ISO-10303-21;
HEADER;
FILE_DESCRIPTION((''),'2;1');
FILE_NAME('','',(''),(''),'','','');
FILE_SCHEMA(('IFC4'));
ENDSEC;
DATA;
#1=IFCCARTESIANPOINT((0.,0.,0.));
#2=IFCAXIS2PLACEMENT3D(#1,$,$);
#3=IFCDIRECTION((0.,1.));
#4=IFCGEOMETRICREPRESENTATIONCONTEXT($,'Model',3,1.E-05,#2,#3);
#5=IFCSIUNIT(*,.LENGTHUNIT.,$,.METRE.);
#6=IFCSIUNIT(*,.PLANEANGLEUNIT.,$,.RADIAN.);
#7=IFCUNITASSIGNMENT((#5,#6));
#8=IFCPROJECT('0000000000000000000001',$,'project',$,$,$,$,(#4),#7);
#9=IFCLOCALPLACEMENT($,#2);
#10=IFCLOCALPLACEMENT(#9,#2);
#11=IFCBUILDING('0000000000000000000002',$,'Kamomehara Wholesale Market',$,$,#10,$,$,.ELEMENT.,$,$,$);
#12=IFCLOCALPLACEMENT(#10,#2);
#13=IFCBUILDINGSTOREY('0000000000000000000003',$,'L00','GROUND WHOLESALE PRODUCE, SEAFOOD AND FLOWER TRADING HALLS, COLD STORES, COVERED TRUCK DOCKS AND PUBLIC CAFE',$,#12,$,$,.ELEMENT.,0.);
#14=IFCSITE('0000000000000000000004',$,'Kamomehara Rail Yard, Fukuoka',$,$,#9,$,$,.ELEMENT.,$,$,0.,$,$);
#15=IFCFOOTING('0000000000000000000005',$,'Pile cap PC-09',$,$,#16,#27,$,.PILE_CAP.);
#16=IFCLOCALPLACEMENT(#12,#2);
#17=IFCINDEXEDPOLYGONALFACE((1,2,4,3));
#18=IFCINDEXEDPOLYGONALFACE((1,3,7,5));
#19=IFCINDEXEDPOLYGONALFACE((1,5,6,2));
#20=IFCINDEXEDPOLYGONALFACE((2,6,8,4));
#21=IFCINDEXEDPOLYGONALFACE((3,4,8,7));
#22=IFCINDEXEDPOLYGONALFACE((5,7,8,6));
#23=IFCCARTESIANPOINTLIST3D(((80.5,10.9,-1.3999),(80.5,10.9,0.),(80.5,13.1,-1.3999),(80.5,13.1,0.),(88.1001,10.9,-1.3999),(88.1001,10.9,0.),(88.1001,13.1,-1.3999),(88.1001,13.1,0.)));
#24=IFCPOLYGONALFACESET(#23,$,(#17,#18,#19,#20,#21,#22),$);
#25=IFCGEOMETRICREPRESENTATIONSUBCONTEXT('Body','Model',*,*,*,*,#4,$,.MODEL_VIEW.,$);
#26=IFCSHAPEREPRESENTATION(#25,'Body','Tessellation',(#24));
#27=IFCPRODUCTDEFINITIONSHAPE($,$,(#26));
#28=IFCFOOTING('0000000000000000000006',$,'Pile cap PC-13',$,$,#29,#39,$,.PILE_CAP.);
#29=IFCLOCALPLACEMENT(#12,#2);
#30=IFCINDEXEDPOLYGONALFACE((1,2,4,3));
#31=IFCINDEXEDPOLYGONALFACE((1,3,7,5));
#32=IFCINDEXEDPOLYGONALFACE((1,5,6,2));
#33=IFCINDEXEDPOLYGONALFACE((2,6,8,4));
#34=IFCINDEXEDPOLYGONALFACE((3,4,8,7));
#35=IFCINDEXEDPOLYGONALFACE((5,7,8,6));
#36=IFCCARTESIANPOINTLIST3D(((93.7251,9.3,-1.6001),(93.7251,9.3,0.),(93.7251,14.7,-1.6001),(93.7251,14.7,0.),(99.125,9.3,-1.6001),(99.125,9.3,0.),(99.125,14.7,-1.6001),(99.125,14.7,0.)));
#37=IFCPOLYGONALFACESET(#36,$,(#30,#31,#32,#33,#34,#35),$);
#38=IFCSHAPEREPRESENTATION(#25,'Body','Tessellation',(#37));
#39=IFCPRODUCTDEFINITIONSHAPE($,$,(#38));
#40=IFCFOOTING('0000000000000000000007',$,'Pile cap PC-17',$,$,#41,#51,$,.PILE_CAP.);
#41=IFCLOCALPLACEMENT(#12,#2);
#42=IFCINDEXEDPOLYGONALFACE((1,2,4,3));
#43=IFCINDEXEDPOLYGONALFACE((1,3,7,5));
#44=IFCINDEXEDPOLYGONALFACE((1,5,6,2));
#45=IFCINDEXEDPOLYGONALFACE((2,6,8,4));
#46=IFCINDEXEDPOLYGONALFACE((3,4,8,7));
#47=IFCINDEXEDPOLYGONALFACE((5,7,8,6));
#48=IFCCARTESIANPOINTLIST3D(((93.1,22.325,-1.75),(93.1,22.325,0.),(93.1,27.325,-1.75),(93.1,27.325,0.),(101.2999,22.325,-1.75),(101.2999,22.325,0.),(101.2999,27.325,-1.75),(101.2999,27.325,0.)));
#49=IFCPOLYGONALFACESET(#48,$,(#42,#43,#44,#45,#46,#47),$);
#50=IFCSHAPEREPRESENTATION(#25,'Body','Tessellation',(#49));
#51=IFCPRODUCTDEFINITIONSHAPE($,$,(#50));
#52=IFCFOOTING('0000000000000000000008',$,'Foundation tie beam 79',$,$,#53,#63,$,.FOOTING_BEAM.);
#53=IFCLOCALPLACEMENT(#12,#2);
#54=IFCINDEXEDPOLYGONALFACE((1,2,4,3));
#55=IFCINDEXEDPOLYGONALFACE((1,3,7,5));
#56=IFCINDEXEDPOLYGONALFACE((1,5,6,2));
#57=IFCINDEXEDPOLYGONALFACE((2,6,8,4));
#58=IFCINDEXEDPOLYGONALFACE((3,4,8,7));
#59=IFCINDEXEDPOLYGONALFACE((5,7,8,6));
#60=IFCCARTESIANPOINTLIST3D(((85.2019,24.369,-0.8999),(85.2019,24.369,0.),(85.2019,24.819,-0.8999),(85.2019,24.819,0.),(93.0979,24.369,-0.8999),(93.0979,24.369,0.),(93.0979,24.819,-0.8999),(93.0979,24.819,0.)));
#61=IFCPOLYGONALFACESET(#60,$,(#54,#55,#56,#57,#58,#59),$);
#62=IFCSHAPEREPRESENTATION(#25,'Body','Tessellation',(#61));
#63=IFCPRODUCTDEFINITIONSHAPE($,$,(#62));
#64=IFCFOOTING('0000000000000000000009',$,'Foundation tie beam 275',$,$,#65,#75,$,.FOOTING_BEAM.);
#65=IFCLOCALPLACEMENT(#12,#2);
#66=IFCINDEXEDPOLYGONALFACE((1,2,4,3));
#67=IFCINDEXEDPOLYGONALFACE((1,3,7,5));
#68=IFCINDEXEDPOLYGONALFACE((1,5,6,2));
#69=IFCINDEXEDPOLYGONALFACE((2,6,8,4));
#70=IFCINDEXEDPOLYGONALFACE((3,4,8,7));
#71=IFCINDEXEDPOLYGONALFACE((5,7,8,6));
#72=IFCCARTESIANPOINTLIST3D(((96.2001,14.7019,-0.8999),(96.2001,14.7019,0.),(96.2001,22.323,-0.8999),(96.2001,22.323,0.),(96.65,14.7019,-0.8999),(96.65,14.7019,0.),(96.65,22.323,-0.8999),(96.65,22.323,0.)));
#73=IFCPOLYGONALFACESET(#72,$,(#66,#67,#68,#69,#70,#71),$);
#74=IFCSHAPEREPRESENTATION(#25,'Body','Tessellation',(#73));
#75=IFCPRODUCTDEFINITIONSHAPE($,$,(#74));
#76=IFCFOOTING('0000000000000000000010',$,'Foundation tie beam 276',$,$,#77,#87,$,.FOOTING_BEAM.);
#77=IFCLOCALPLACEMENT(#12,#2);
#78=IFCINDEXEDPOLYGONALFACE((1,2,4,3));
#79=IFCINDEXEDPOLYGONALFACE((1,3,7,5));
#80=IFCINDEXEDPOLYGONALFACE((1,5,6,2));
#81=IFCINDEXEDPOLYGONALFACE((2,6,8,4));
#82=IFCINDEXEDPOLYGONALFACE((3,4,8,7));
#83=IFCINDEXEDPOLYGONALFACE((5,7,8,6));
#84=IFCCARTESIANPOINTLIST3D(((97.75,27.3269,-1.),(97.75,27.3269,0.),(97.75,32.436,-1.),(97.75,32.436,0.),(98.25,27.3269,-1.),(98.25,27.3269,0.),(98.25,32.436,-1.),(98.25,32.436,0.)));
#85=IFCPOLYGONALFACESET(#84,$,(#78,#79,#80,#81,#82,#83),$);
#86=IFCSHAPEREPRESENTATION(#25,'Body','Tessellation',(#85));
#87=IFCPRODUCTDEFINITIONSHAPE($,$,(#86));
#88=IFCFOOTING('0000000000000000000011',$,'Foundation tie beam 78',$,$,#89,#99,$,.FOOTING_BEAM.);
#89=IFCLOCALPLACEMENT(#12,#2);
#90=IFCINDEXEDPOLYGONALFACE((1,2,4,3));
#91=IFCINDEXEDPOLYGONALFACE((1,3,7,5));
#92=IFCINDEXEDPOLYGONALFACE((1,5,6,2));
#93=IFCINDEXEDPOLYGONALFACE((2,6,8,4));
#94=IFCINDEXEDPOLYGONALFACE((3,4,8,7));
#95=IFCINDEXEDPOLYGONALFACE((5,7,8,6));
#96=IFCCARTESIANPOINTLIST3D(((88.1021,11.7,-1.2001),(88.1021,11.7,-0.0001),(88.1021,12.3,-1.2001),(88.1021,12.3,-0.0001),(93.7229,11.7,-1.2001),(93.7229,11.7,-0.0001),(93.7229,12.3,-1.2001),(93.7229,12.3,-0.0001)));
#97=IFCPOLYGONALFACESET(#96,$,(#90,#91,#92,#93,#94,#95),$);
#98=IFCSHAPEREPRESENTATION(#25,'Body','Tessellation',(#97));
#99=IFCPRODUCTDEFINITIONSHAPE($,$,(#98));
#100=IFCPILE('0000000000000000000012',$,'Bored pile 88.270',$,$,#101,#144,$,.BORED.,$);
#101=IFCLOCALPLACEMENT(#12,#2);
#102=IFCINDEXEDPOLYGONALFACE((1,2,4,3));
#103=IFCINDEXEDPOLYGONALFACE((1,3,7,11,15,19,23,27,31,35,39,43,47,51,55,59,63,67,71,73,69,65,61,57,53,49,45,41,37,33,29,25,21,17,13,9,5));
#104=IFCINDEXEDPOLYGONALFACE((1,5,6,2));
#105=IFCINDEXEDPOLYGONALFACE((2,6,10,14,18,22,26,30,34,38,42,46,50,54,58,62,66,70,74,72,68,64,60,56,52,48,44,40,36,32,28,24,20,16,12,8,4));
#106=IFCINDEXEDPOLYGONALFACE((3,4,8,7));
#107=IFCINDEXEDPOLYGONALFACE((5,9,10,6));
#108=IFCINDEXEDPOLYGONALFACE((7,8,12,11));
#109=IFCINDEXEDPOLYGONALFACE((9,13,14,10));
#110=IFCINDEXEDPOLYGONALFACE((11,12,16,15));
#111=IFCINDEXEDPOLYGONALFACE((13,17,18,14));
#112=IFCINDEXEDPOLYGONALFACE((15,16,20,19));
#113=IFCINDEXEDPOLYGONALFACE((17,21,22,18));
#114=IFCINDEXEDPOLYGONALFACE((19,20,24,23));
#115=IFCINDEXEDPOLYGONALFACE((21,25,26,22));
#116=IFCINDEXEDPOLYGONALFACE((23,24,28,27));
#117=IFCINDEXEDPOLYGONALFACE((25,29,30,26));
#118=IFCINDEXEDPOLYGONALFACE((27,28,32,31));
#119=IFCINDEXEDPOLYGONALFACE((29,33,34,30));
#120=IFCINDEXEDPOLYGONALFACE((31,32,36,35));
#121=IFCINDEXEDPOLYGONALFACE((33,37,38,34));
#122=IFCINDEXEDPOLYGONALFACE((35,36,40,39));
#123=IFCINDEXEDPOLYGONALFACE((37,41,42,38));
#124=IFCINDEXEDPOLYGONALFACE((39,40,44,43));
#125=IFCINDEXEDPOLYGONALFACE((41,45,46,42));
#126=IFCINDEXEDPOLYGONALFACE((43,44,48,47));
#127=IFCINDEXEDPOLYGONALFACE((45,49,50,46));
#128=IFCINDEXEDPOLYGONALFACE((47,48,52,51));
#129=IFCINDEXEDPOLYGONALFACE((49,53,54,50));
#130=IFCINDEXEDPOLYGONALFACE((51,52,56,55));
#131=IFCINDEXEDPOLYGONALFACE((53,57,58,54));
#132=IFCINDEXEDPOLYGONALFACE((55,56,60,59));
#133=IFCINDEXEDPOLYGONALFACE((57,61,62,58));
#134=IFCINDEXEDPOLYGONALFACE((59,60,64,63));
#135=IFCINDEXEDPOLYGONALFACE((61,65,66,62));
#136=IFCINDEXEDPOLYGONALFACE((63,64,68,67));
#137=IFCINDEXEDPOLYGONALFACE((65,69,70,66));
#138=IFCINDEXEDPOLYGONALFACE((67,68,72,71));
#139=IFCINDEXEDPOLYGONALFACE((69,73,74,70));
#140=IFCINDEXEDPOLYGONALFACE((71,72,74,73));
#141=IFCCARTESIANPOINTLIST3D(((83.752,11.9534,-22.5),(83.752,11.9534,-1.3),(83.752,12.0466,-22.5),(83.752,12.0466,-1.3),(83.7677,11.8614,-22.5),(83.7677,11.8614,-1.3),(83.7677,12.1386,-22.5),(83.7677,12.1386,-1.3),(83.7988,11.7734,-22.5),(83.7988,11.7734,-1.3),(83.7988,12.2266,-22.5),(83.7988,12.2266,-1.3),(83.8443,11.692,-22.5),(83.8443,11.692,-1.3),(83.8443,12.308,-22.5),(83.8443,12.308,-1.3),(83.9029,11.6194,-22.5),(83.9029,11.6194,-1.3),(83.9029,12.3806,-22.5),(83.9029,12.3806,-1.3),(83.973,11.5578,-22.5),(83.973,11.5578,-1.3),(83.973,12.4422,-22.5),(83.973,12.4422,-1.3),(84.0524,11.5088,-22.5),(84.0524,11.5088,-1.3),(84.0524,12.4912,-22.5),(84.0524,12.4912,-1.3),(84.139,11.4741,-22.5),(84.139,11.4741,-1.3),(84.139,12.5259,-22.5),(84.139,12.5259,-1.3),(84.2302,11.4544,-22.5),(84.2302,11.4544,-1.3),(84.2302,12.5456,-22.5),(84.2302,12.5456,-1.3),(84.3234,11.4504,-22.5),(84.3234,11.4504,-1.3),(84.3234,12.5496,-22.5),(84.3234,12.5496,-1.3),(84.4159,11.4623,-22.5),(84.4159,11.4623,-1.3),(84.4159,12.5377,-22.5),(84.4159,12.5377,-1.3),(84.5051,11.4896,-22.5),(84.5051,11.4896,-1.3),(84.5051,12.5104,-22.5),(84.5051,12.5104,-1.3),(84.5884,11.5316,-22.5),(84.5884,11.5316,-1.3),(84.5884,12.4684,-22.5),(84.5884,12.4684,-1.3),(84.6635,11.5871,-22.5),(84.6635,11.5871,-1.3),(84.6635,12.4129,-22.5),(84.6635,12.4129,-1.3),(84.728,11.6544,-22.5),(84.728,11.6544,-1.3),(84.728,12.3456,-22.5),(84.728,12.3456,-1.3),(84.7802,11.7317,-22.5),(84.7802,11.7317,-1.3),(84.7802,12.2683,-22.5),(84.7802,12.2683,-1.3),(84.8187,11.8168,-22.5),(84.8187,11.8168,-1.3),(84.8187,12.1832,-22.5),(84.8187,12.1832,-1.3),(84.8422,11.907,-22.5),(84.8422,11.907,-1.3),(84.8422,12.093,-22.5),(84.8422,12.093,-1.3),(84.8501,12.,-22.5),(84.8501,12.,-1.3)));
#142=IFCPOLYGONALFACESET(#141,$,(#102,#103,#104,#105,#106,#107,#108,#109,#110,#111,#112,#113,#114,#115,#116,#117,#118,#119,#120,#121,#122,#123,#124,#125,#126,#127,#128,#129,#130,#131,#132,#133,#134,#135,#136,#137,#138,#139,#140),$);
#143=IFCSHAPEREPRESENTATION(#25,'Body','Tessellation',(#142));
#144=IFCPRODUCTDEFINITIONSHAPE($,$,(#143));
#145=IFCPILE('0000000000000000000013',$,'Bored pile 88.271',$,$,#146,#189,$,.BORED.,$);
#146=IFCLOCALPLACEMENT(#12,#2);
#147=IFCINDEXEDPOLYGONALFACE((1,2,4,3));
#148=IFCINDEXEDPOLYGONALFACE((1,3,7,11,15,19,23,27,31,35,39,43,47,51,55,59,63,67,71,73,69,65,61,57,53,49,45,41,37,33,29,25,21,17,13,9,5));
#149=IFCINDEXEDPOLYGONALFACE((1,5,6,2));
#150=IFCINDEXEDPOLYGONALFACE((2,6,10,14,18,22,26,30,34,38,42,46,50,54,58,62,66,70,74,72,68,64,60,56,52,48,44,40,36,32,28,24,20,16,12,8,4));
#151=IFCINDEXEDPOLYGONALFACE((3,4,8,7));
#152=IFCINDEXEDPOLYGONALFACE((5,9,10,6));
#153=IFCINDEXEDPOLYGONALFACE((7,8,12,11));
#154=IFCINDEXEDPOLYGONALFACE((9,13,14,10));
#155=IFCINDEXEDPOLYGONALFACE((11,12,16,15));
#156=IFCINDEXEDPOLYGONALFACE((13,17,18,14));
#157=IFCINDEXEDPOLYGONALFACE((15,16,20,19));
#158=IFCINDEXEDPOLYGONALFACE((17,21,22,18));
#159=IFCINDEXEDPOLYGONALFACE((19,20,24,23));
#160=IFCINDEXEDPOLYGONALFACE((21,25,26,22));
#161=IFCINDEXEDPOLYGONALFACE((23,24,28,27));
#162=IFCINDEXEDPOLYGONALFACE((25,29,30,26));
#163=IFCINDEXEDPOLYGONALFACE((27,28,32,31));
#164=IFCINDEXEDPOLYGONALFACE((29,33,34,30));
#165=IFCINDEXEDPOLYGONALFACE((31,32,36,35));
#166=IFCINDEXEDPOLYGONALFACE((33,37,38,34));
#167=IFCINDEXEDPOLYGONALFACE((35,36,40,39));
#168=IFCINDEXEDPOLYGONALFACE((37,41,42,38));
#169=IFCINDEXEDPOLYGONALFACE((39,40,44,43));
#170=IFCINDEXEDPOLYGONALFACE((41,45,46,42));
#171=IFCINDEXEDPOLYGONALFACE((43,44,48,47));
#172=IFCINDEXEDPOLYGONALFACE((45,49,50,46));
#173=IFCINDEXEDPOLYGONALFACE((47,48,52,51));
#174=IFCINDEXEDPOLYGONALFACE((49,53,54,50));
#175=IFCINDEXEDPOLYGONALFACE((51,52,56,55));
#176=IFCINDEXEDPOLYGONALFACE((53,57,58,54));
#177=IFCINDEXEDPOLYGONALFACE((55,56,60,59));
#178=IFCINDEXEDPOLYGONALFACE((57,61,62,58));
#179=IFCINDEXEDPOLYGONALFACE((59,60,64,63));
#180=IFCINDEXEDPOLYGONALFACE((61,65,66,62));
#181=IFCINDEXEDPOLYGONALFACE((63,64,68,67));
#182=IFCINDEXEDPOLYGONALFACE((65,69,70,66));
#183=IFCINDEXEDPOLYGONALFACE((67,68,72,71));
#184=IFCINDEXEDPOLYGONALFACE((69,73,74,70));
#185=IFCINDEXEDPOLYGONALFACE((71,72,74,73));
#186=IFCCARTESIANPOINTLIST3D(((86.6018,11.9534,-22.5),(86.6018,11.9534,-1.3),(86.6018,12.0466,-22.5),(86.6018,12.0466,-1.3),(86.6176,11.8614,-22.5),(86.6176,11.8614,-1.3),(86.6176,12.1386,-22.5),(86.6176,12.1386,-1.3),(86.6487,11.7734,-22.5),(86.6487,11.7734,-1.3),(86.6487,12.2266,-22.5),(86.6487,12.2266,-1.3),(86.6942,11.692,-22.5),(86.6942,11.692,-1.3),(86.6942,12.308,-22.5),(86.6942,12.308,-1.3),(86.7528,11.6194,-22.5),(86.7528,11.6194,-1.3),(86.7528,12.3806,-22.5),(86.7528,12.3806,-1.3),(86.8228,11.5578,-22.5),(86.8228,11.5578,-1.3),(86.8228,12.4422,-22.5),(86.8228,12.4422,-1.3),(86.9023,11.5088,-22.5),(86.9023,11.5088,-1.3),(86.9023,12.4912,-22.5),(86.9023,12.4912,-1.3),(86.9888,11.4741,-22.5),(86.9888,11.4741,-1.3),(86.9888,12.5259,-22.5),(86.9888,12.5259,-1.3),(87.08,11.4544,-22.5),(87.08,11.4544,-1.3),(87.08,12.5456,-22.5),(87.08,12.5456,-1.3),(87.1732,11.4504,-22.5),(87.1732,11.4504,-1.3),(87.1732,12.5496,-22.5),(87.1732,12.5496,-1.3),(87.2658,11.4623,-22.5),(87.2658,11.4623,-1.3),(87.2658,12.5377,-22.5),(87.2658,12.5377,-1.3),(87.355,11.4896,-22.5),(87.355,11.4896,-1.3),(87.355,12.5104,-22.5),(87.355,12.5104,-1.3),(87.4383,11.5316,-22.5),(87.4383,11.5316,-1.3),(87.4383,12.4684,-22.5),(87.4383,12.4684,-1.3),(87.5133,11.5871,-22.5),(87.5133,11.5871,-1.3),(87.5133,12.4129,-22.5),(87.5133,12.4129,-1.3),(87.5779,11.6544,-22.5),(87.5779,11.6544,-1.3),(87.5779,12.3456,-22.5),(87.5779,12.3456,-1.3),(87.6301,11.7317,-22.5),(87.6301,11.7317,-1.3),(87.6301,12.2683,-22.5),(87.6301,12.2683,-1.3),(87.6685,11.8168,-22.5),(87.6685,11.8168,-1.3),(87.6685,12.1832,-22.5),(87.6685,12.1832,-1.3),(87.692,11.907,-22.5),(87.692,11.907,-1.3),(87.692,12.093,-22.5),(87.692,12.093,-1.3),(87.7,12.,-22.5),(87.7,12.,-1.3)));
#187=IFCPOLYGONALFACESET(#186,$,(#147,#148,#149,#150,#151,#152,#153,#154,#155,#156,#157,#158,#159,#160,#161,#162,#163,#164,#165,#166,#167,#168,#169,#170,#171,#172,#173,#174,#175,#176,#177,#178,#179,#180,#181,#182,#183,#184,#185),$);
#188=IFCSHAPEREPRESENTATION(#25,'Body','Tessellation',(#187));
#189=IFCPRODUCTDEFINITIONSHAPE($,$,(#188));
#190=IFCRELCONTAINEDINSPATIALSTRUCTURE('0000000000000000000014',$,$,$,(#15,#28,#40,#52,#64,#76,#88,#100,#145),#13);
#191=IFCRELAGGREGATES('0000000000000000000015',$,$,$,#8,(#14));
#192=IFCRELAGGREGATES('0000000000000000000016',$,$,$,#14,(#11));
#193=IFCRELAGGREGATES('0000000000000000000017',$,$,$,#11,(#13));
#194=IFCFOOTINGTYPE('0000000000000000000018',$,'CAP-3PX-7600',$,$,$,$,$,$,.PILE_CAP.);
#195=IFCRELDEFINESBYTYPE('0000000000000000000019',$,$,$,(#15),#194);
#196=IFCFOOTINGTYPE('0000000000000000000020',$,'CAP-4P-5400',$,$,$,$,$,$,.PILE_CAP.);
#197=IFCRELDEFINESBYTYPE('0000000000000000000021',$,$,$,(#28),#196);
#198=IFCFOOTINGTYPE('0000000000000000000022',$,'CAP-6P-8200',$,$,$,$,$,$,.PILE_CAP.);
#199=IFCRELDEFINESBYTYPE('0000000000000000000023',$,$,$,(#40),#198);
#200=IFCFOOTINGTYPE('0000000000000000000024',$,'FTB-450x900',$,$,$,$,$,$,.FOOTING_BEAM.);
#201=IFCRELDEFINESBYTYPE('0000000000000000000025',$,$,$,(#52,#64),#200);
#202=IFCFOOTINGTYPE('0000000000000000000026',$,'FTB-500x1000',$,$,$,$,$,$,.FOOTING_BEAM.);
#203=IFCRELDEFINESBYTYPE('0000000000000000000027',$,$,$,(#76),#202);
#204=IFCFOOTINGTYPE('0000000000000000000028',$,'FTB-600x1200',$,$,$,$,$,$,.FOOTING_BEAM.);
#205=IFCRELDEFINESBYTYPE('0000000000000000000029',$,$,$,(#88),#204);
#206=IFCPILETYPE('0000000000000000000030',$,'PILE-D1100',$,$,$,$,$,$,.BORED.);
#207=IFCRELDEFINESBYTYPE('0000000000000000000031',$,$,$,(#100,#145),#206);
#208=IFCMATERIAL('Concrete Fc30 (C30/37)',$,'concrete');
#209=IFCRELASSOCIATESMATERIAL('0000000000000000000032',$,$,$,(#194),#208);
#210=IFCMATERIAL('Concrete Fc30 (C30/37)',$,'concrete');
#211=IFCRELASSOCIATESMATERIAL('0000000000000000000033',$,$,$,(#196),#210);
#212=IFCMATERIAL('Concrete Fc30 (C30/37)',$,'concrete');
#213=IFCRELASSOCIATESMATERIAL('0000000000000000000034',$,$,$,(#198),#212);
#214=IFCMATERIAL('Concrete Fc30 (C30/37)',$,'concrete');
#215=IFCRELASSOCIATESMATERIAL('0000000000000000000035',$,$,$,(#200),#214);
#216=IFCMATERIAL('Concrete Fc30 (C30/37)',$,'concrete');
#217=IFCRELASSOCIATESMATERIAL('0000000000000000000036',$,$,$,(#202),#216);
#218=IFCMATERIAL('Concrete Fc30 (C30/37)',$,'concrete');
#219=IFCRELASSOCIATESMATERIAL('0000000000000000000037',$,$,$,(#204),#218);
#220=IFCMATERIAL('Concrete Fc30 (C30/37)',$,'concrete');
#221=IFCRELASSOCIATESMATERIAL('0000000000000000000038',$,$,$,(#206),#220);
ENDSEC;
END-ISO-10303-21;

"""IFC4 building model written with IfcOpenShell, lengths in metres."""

from ifc_helpers import new_model, si_unit, direction, frame, origin, origin_2d, place, context, subcontext, project, spatial, rectangle, circle, extrude, material, material_profile, profile_set, type_object, element, save


model = new_model("IFC4")

# Units and contexts
model_context = context("Model", 3, precision=1e-05, world=origin(), true_north=direction((0.0, 1.0)))
body_context = subcontext(model_context, "Body", "Model", "MODEL_VIEW")
ifc_project = project(units=[si_unit("LENGTHUNIT", "METRE"), si_unit("PLANEANGLEUNIT", "RADIAN")], contexts=[model_context])

# Site, building, storey
site_placement = place(None, origin())
site = spatial("IfcSite", under=ifc_project, at=site_placement, Name="Kamomehara Rail Yard, Fukuoka", CompositionType="ELEMENT", RefElevation=0.0)
building_placement = place(site_placement, origin())
building = spatial("IfcBuilding", under=site, at=building_placement, Name="Kamomehara Wholesale Market", CompositionType="ELEMENT")
storey_placement = place(building_placement, origin())
storey = spatial("IfcBuildingStorey", under=building, at=storey_placement, Name="L00", Description="GROUND WHOLESALE PRODUCE, SEAFOOD AND FLOWER TRADING HALLS, COLD STORES, COVERED TRUCK DOCKS AND PUBLIC CAFE", CompositionType="ELEMENT", Elevation=0.0)

# Footings
ifc_material_1 = material(Name="Concrete Fc30 (C30/37)", Category="concrete")
footing_type_1 = type_object("IfcFootingType", Name="CAP-3PX-7600", PredefinedType="PILE_CAP", material=ifc_material_1)
footing_1_placement = place(storey_placement, frame((84.3, 12.0, -1.3999), z_axis=(0.0, 0.0, 1.0), x_axis=(1.0, 0.0, 0.0)))
element("IfcFooting", 1, at=footing_1_placement, inside=storey, type_object=footing_type_1, Name="Pile cap PC-09", PredefinedType="PILE_CAP", context=body_context, shape_type="SweptSolid", body=[
    extrude(rectangle(XDim=7.6001, YDim=2.2, at=origin_2d()), origin(), (0.0, 0.0, 1.0), 1.3999),
])
ifc_material_2 = material(Name="Concrete Fc30 (C30/37)", Category="concrete")
footing_type_2 = type_object("IfcFootingType", Name="CAP-4P-5400", PredefinedType="PILE_CAP", material=ifc_material_2)
footing_2_placement = place(storey_placement, frame((96.425, 12.0, -1.6001), z_axis=(0.0, 0.0, 1.0), x_axis=(1.0, 0.0, 0.0)))
element("IfcFooting", 2, at=footing_2_placement, inside=storey, type_object=footing_type_2, Name="Pile cap PC-13", PredefinedType="PILE_CAP", context=body_context, shape_type="SweptSolid", body=[
    extrude(rectangle(XDim=5.3999, YDim=5.3999, at=origin_2d()), origin(), (0.0, 0.0, 1.0), 1.6001),
])
ifc_material_3 = material(Name="Concrete Fc30 (C30/37)", Category="concrete")
footing_type_3 = type_object("IfcFootingType", Name="CAP-6P-8200", PredefinedType="PILE_CAP", material=ifc_material_3)
footing_3_placement = place(storey_placement, frame((97.2, 24.825, -1.75), z_axis=(0.0, 0.0, 1.0), x_axis=(1.0, 0.0, 0.0)))
element("IfcFooting", 3, at=footing_3_placement, inside=storey, type_object=footing_type_3, Name="Pile cap PC-17", PredefinedType="PILE_CAP", context=body_context, shape_type="SweptSolid", body=[
    extrude(rectangle(XDim=8.2, YDim=5.0, at=origin_2d()), origin(), (0.0, 0.0, 1.0), 1.75),
])
ifc_material_4 = material(Name="Concrete Fc30 (C30/37)", Category="concrete")
ifc_material_profile_1 = material_profile(ifc_material_4, rectangle(XDim=0.45, YDim=0.8999, at=origin_2d()), Name="RC-FTB-450x900")
ifc_profile_set_1 = profile_set([ifc_material_profile_1], Name="Concrete Fc30 (C30/37)")
footing_type_4 = type_object("IfcFootingType", Name="FTB-450x900", PredefinedType="FOOTING_BEAM", material=ifc_profile_set_1)
footing_4_placement = place(storey_placement, frame((85.2019, 24.594, -0.45), z_axis=(1.0, 0.0, 0.0), x_axis=(0.0, 1.0, 0.0)))
element("IfcFooting", 4, at=footing_4_placement, inside=storey, type_object=footing_type_4, Name="Foundation tie beam 79", PredefinedType="FOOTING_BEAM", context=body_context, shape_type="SweptSolid", body=[
    extrude(rectangle(XDim=0.45, YDim=0.8999, at=origin_2d()), origin(), (0.0, 0.0, 1.0), 7.896),
])
footing_5_placement = place(storey_placement, frame((96.425, 14.7019, -0.45), z_axis=(0.0, 1.0, 0.0), x_axis=(-1.0, 0.0, 0.0)))
element("IfcFooting", 5, at=footing_5_placement, inside=storey, type_object=footing_type_4, Name="Foundation tie beam 275", PredefinedType="FOOTING_BEAM", context=body_context, shape_type="SweptSolid", body=[
    extrude(rectangle(XDim=0.45, YDim=0.8999, at=origin_2d()), origin(), (0.0, 0.0, 1.0), 7.6211),
])
ifc_material_5 = material(Name="Concrete Fc30 (C30/37)", Category="concrete")
ifc_material_profile_2 = material_profile(ifc_material_5, rectangle(XDim=0.5, YDim=1.0, at=origin_2d()), Name="RC-FTB-500x1000")
ifc_profile_set_2 = profile_set([ifc_material_profile_2], Name="Concrete Fc30 (C30/37)")
footing_type_5 = type_object("IfcFootingType", Name="FTB-500x1000", PredefinedType="FOOTING_BEAM", material=ifc_profile_set_2)
footing_6_placement = place(storey_placement, frame((98.0, 27.3269, -0.5), z_axis=(0.0, 1.0, 0.0), x_axis=(-1.0, 0.0, 0.0)))
element("IfcFooting", 6, at=footing_6_placement, inside=storey, type_object=footing_type_5, Name="Foundation tie beam 276", PredefinedType="FOOTING_BEAM", context=body_context, shape_type="SweptSolid", body=[
    extrude(rectangle(XDim=0.5, YDim=1.0, at=origin_2d()), origin(), (0.0, 0.0, 1.0), 5.1091),
])
ifc_material_6 = material(Name="Concrete Fc30 (C30/37)", Category="concrete")
ifc_material_profile_3 = material_profile(ifc_material_6, rectangle(XDim=0.6001, YDim=1.2, at=origin_2d()), Name="RC-FTB-600x1200")
ifc_profile_set_3 = profile_set([ifc_material_profile_3], Name="Concrete Fc30 (C30/37)")
footing_type_6 = type_object("IfcFootingType", Name="FTB-600x1200", PredefinedType="FOOTING_BEAM", material=ifc_profile_set_3)
footing_7_placement = place(storey_placement, frame((88.1021, 12.0, -0.6001), z_axis=(1.0, 0.0, 0.0), x_axis=(0.0, 1.0, 0.0)))
element("IfcFooting", 7, at=footing_7_placement, inside=storey, type_object=footing_type_6, Name="Foundation tie beam 78", PredefinedType="FOOTING_BEAM", context=body_context, shape_type="SweptSolid", body=[
    extrude(rectangle(XDim=0.6001, YDim=1.2, at=origin_2d()), origin(), (0.0, 0.0, 1.0), 5.6208),
])

# Piles
ifc_material_7 = material(Name="Concrete Fc30 (C30/37)", Category="concrete")
ifc_material_profile_4 = material_profile(ifc_material_7, circle(Radius=0.55, at=origin_2d()), Name="RC-PILE-D1100")
ifc_profile_set_4 = profile_set([ifc_material_profile_4], Name="Concrete Fc30 (C30/37)")
pile_type_1 = type_object("IfcPileType", Name="PILE-D1100", PredefinedType="BORED", material=ifc_profile_set_4)
for number, where, z_axis, x_axis, name in (
    (8, (84.3, 12.0, -1.3), (0.0, 0.0, -1.0), (1.0, 0.0, 0.0), "Bored pile 88.270"),
    (9, (87.1499, 12.0, -1.3), (0.0, 0.0, -1.0), (1.0, 0.0, 0.0), "Bored pile 88.271"),
):
    element("IfcPile", number, at=place(storey_placement, frame(where, z_axis=z_axis, x_axis=x_axis)), inside=storey, type_object=pile_type_1, Name=name, PredefinedType="BORED", context=body_context, shape_type="SweptSolid", body=[
        extrude(circle(Radius=0.55, at=origin_2d()), origin(), (0.0, 0.0, 1.0), 21.2),
    ])

save(model, "model.ifc")
